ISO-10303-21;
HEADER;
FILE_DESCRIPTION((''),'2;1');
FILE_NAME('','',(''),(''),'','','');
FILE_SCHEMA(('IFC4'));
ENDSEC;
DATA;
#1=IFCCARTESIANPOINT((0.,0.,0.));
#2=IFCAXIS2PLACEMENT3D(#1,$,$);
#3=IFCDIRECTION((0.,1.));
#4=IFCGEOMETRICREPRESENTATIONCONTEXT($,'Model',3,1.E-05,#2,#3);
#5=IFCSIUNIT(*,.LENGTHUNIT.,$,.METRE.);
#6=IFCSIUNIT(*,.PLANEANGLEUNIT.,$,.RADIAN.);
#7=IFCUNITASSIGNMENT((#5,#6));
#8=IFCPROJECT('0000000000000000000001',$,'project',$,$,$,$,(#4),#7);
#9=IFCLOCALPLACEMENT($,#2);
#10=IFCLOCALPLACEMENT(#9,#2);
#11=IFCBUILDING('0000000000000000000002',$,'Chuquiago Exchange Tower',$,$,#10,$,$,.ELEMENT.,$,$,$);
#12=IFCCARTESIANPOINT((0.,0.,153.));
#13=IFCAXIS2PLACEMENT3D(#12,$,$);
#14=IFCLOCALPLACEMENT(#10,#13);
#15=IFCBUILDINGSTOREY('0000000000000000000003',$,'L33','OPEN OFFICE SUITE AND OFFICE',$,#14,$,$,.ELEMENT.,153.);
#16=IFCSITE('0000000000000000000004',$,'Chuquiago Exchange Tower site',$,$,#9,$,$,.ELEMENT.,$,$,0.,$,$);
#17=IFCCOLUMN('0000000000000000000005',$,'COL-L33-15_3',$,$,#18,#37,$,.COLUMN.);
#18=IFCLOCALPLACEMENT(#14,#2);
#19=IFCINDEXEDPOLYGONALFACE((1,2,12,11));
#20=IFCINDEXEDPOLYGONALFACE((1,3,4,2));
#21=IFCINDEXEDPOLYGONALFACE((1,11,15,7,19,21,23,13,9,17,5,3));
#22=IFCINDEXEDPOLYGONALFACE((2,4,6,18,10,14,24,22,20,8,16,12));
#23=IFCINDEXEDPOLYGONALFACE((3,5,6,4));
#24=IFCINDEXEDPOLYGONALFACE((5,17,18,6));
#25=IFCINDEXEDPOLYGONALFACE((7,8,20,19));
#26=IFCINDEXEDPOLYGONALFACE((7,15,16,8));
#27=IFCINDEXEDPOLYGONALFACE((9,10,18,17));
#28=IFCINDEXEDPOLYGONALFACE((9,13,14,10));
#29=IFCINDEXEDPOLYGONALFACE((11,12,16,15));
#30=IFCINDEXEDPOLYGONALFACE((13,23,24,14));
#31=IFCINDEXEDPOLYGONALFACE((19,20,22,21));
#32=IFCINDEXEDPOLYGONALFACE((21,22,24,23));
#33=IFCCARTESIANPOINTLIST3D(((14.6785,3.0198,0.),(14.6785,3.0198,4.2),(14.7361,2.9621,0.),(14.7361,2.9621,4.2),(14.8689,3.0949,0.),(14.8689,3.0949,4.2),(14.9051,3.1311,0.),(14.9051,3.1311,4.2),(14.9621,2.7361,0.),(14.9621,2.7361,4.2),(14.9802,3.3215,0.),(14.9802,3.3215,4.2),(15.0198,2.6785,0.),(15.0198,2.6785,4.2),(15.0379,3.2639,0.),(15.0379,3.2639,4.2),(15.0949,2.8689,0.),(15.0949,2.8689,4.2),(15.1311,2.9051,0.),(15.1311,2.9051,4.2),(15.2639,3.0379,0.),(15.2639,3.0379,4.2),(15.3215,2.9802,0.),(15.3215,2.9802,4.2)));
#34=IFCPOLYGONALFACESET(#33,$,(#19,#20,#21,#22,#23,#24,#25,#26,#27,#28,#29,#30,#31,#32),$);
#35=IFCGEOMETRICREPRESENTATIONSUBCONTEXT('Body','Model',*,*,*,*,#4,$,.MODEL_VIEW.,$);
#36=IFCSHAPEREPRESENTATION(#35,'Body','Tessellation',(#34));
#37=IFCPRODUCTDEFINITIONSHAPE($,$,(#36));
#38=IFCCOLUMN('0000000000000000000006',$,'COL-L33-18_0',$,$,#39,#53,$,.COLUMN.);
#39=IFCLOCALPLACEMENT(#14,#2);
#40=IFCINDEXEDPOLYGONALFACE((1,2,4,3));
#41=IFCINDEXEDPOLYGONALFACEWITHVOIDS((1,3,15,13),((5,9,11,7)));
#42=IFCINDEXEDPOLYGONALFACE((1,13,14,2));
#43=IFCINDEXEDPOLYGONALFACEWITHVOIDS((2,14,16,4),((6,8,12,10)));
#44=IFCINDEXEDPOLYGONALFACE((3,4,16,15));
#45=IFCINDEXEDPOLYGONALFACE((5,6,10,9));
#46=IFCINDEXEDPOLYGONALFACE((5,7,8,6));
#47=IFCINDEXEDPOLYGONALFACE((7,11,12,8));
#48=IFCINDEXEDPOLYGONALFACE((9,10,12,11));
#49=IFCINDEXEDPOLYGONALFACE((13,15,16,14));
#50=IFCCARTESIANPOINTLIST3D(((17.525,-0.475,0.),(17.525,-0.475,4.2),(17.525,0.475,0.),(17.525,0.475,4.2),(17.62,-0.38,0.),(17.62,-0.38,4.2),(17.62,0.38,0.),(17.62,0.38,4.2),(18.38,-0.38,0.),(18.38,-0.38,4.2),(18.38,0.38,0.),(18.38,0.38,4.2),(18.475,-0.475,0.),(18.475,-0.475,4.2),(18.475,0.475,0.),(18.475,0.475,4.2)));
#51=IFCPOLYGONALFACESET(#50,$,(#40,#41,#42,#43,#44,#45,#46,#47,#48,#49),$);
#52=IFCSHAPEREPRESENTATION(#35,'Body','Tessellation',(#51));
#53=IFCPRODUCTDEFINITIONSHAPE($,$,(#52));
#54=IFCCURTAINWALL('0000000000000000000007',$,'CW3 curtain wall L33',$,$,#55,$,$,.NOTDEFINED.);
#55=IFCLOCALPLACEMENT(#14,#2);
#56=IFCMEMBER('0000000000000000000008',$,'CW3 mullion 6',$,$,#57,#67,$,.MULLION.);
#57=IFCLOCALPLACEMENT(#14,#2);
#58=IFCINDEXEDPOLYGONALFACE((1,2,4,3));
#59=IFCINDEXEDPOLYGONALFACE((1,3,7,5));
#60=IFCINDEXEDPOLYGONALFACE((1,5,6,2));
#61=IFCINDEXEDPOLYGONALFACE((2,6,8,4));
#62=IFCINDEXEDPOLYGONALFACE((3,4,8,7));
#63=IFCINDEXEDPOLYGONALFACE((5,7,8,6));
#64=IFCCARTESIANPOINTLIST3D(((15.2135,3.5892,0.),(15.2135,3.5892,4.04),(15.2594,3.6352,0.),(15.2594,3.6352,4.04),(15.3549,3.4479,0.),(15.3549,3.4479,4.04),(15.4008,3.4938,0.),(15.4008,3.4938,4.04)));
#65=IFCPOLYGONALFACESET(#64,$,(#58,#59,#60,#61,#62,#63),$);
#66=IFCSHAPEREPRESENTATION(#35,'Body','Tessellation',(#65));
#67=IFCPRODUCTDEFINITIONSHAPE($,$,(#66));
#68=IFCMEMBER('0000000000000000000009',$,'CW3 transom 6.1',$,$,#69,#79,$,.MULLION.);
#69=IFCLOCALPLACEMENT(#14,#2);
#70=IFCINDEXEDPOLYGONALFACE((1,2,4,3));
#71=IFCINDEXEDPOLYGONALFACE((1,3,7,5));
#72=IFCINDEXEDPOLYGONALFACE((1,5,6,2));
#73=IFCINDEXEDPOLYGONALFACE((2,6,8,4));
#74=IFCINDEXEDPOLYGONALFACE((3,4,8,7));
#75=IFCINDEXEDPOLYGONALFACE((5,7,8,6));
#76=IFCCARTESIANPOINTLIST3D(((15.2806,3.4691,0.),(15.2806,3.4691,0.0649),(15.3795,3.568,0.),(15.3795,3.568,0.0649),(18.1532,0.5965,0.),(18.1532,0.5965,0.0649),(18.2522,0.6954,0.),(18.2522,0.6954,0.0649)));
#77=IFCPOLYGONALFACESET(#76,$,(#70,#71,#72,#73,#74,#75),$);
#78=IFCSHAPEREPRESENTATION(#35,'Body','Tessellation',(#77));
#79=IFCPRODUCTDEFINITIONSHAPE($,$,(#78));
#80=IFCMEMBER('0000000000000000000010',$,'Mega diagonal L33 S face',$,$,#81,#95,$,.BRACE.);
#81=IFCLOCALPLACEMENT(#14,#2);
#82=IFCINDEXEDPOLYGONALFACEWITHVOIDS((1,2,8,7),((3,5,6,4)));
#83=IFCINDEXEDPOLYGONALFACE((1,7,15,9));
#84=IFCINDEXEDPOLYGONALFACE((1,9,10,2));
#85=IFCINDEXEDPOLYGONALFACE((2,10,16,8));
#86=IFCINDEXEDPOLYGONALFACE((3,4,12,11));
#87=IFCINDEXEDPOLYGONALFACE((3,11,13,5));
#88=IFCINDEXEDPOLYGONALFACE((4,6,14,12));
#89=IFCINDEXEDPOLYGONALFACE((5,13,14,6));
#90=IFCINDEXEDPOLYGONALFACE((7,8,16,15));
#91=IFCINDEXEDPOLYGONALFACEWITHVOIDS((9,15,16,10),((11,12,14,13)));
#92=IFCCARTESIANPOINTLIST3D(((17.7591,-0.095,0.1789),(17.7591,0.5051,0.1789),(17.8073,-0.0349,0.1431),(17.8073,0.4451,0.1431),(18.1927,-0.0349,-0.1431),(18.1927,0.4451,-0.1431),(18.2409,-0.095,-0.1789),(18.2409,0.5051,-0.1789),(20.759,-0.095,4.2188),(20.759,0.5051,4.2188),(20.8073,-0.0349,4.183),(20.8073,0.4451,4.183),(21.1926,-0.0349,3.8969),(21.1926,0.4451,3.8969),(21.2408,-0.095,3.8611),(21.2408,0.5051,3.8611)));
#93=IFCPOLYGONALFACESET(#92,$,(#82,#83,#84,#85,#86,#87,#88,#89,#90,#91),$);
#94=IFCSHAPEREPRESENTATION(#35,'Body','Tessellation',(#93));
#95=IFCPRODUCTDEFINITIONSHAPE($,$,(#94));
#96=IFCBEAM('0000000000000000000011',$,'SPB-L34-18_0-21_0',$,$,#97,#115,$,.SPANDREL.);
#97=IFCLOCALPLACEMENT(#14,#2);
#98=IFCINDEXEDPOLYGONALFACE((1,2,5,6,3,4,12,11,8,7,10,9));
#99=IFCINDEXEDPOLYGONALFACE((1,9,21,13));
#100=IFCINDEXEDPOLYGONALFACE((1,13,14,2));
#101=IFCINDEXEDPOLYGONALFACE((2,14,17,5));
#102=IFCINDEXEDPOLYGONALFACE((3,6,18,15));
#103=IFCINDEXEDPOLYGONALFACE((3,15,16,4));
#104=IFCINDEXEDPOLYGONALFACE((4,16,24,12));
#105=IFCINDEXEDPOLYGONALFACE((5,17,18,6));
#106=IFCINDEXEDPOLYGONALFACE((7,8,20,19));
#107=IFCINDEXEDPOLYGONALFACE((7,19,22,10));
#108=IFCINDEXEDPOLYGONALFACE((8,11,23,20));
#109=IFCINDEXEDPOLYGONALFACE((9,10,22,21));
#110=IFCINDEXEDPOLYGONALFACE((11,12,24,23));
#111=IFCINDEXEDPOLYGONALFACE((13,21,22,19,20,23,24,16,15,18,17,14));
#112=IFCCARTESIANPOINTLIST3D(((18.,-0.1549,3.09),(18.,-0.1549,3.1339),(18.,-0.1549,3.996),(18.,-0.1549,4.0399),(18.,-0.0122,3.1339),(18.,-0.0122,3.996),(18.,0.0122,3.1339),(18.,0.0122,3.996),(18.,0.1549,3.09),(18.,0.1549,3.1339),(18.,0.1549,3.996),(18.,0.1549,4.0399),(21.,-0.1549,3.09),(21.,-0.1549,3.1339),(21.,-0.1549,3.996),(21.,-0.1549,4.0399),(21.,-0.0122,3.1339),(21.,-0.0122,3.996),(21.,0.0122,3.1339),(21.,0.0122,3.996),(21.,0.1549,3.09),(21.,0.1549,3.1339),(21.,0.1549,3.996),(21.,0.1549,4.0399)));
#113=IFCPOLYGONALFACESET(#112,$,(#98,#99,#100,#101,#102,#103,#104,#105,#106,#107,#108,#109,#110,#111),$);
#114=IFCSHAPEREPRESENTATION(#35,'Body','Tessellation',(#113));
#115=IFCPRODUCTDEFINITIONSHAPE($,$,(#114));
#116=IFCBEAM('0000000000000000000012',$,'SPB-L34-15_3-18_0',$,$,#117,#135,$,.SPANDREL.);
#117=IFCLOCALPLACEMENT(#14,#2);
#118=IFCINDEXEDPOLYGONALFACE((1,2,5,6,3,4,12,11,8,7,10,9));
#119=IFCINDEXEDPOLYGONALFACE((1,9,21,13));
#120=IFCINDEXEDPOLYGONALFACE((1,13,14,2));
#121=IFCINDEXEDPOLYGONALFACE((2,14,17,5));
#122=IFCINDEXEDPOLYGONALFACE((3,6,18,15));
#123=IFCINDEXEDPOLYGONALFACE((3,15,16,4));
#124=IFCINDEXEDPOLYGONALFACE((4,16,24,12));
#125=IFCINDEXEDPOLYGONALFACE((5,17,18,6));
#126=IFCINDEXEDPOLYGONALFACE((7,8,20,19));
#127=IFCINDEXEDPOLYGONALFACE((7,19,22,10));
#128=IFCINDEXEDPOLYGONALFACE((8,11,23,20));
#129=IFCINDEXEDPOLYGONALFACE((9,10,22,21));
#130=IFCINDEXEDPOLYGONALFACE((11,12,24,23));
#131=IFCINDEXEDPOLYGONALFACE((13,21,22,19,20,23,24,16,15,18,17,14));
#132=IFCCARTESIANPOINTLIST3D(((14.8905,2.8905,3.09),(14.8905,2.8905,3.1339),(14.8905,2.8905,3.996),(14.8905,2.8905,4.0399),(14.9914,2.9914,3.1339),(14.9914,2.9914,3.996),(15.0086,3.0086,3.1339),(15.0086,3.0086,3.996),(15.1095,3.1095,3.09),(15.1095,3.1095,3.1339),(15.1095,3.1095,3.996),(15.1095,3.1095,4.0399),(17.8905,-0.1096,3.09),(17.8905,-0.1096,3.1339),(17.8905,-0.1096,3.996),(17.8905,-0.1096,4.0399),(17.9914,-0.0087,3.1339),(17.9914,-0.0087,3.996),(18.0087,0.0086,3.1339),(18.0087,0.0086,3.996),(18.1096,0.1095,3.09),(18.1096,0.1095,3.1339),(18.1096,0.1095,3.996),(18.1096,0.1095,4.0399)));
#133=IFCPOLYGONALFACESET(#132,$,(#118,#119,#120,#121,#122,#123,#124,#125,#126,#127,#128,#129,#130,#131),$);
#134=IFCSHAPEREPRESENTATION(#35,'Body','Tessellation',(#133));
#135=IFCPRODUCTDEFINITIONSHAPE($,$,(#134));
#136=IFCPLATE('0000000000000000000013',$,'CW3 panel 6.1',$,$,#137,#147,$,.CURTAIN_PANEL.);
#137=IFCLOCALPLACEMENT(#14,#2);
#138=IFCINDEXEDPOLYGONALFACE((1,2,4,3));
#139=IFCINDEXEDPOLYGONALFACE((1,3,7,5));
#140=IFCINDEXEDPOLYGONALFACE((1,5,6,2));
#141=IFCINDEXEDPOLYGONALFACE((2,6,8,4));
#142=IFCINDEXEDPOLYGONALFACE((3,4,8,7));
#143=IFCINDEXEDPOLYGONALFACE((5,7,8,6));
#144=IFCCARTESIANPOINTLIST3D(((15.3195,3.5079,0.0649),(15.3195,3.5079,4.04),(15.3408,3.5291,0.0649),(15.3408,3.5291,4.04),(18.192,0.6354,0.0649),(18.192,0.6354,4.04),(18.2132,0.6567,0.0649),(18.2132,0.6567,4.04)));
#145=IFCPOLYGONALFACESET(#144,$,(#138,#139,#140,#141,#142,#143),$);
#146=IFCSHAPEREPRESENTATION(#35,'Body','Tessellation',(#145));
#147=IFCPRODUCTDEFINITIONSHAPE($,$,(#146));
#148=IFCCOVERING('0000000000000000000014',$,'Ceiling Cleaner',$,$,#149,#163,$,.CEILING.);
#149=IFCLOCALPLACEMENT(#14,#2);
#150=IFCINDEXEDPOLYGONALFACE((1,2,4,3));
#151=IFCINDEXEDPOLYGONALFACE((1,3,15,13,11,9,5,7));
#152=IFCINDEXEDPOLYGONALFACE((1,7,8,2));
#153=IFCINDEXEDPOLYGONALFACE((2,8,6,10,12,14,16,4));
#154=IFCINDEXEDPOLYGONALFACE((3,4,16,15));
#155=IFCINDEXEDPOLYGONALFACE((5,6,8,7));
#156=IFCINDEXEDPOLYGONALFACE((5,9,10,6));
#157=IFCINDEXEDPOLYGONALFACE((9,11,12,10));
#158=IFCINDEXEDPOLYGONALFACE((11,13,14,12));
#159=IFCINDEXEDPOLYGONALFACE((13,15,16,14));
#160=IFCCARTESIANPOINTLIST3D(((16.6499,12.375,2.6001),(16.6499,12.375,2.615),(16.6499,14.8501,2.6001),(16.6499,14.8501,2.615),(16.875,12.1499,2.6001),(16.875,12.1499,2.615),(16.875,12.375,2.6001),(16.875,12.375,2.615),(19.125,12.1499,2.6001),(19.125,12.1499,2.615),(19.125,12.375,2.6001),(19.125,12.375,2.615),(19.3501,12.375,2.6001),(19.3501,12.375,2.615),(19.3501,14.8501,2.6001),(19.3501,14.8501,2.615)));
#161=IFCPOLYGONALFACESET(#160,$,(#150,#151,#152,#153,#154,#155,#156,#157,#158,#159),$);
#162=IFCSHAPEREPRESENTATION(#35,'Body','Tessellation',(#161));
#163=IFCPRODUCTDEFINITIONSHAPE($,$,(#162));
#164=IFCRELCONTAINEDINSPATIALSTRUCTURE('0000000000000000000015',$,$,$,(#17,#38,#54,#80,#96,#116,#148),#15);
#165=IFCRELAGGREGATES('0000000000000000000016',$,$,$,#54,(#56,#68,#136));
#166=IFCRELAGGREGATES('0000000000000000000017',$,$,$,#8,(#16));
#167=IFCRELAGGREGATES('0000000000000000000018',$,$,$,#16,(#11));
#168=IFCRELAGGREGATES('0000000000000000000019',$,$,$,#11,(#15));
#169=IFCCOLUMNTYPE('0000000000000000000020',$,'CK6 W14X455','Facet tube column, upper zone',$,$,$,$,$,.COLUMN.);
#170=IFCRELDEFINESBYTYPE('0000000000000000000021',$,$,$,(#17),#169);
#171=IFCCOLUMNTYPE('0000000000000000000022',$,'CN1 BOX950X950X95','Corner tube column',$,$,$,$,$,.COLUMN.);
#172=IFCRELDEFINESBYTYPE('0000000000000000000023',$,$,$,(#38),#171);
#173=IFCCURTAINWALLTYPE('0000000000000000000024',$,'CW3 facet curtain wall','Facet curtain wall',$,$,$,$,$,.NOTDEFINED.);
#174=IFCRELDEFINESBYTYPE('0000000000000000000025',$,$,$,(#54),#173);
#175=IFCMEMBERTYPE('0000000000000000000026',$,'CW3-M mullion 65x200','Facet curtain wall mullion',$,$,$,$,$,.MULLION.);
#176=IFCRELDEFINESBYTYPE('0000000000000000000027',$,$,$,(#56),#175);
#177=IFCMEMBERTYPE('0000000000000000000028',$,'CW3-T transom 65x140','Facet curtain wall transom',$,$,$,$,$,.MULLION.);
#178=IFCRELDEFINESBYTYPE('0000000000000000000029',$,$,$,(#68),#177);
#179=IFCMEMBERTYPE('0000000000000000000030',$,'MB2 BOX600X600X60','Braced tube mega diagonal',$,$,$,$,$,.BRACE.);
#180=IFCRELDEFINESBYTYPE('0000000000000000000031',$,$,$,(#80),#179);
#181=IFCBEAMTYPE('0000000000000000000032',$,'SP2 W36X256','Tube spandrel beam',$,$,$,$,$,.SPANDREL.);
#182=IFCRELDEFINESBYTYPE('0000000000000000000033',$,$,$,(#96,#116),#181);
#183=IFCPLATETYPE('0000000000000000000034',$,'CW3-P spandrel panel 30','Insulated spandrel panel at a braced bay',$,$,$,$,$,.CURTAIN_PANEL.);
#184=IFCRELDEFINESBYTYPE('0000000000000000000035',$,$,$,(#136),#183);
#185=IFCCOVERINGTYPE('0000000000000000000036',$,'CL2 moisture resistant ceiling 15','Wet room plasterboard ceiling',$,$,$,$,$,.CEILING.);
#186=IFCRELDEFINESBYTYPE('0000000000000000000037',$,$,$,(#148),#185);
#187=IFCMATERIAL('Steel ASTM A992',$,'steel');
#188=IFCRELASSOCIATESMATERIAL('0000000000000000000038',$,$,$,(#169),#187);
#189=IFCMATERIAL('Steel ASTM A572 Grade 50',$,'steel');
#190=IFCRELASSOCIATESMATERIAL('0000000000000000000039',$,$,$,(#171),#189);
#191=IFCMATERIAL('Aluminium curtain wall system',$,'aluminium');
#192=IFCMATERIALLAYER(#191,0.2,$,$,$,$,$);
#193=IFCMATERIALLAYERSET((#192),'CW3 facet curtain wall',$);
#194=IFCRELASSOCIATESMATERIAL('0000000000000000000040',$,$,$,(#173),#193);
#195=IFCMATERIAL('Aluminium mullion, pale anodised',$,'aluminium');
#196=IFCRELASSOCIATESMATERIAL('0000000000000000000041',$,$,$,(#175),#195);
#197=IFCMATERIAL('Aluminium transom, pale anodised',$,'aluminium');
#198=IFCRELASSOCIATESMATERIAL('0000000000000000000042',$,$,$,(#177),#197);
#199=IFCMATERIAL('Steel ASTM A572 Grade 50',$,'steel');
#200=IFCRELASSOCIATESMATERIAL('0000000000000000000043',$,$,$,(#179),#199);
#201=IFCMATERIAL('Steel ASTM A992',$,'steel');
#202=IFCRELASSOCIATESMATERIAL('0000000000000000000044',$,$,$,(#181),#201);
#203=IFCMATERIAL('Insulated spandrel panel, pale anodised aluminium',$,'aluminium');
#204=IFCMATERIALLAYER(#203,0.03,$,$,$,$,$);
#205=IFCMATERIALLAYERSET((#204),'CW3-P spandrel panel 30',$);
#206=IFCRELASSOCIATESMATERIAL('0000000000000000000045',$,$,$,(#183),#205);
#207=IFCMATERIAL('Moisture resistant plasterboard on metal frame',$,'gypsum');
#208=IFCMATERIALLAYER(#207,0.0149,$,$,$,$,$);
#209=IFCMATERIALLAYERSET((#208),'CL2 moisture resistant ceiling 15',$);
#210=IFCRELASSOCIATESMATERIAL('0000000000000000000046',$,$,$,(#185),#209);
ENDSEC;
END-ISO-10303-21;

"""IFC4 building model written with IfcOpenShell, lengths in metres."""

from ifc_helpers import new_model, si_unit, direction, frame, origin, origin_2d, place, context, subcontext, project, spatial, polyline, rectangle, hollow_rectangle, i_section, outline, extrude, material, layer, layer_set, material_profile, profile_set, type_object, element, aggregate, save


model = new_model("IFC4")

# Units and contexts
model_context = context("Model", 3, precision=1e-05, world=origin(), true_north=direction((0.0, 1.0)))
body_context = subcontext(model_context, "Body", "Model", "MODEL_VIEW")
ifc_project = project(units=[si_unit("LENGTHUNIT", "METRE"), si_unit("PLANEANGLEUNIT", "RADIAN")], contexts=[model_context])

# Site, building, storey
site_placement = place(None, origin())
site = spatial("IfcSite", under=ifc_project, at=site_placement, Name="Chuquiago Exchange Tower site", CompositionType="ELEMENT", RefElevation=0.0)
building_placement = place(site_placement, origin())
building = spatial("IfcBuilding", under=site, at=building_placement, Name="Chuquiago Exchange Tower", CompositionType="ELEMENT")
storey_placement = place(building_placement, frame((0.0, 0.0, 153.0)))
storey = spatial("IfcBuildingStorey", under=building, at=storey_placement, Name="L33", Description="OPEN OFFICE SUITE AND OFFICE", CompositionType="ELEMENT", Elevation=153.0)

# Columns
ifc_material_1 = material(Name="Steel ASTM A992", Category="steel")
ifc_material_profile_1 = material_profile(ifc_material_1, i_section(OverallWidth=0.4268, OverallDepth=0.4827, WebThickness=0.0513, FlangeThickness=0.0815, at=origin_2d()), Name="W14X455")
ifc_profile_set_1 = profile_set([ifc_material_profile_1], Name="Steel ASTM A992")
column_type_1 = type_object("IfcColumnType", Name="CK6 W14X455", Description="Facet tube column, upper zone", PredefinedType="COLUMN", material=ifc_profile_set_1)
column_1_placement = place(storey_placement, frame((15.0, 3.0, 0.0), z_axis=(0.0, 0.0, 1.0), x_axis=(-0.707107, -0.707107, 0.0)))
element("IfcColumn", 1, at=column_1_placement, inside=storey, type_object=column_type_1, Name="COL-L33-15_3", PredefinedType="COLUMN", context=body_context, shape_type="SweptSolid", body=[
    extrude(i_section(OverallWidth=0.4268, OverallDepth=0.4827, WebThickness=0.0513, FlangeThickness=0.0815, at=origin_2d()), origin(), (0.0, 0.0, 1.0), 4.2),
])
ifc_material_2 = material(Name="Steel ASTM A572 Grade 50", Category="steel")
ifc_material_profile_2 = material_profile(ifc_material_2, hollow_rectangle(XDim=0.95, YDim=0.95, WallThickness=0.095, at=origin_2d()), Name="BOX950X950X95")
ifc_profile_set_2 = profile_set([ifc_material_profile_2], Name="Steel ASTM A572 Grade 50")
column_type_2 = type_object("IfcColumnType", Name="CN1 BOX950X950X95", Description="Corner tube column", PredefinedType="COLUMN", material=ifc_profile_set_2)
column_2_placement = place(storey_placement, frame((18.0, 0.0, 0.0), z_axis=(0.0, 0.0, 1.0), x_axis=(0.0, -1.0, 0.0)))
element("IfcColumn", 2, at=column_2_placement, inside=storey, type_object=column_type_2, Name="COL-L33-18_0", PredefinedType="COLUMN", context=body_context, shape_type="SweptSolid", body=[
    extrude(hollow_rectangle(XDim=0.95, YDim=0.95, WallThickness=0.095, at=origin_2d()), origin(), (0.0, 0.0, 1.0), 4.2),
])

# Curtain wall, members
ifc_material_3 = material(Name="Aluminium curtain wall system", Category="aluminium")
ifc_layer_1 = layer(ifc_material_3, 0.2)
ifc_layer_set_1 = layer_set([ifc_layer_1], Name="CW3 facet curtain wall")
curtain_wall_type = type_object("IfcCurtainWallType", Name="CW3 facet curtain wall", Description="Facet curtain wall", PredefinedType="NOTDEFINED", material=ifc_layer_set_1)
curtain_wall_placement = place(storey_placement, origin())
curtain_wall = element("IfcCurtainWall", 3, at=curtain_wall_placement, inside=storey, type_object=curtain_wall_type, Name="CW3 curtain wall L33", PredefinedType="NOTDEFINED")
ifc_material_4 = material(Name="Aluminium mullion, pale anodised", Category="aluminium")
ifc_material_profile_3 = material_profile(ifc_material_4, rectangle(XDim=0.0649, YDim=0.2, at=origin_2d()), Name="AL 65x200")
ifc_profile_set_3 = profile_set([ifc_material_profile_3], Name="Aluminium mullion, pale anodised")
member_type_1 = type_object("IfcMemberType", Name="CW3-M mullion 65x200", Description="Facet curtain wall mullion", PredefinedType="MULLION", material=ifc_profile_set_3)
member_1_placement = place(storey_placement, frame((15.3071, 3.5415, 0.0), z_axis=(0.0, 0.0, 1.0), x_axis=(0.707107, 0.707107, 0.0)))
member_1 = element("IfcMember", 4, at=member_1_placement, type_object=member_type_1, Name="CW3 mullion 6", PredefinedType="MULLION", context=body_context, shape_type="SweptSolid", body=[
    extrude(rectangle(XDim=0.0649, YDim=0.2, at=origin_2d()), origin(), (0.0, 0.0, 1.0), 4.04),
])
ifc_material_5 = material(Name="Aluminium transom, pale anodised", Category="aluminium")
ifc_material_profile_4 = material_profile(ifc_material_5, rectangle(XDim=0.1399, YDim=0.0649, at=origin_2d()), Name="AL 140x65")
ifc_profile_set_4 = profile_set([ifc_material_profile_4], Name="Aluminium transom, pale anodised")
member_type_2 = type_object("IfcMemberType", Name="CW3-T transom 65x140", Description="Facet curtain wall transom", PredefinedType="MULLION", material=ifc_profile_set_4)
member_2_placement = place(storey_placement, frame((15.3301, 3.5186, 0.0325), z_axis=(0.707107, -0.707107, 0.0), x_axis=(0.707107, 0.707107, 0.0)))
member_2 = element("IfcMember", 5, at=member_2_placement, type_object=member_type_2, Name="CW3 transom 6.1", PredefinedType="MULLION", context=body_context, shape_type="SweptSolid", body=[
    extrude(rectangle(XDim=0.1399, YDim=0.0649, at=origin_2d()), origin(), (0.0, 0.0, 1.0), 4.0625),
])

# Member
ifc_material_6 = material(Name="Steel ASTM A572 Grade 50", Category="steel")
ifc_material_profile_5 = material_profile(ifc_material_6, hollow_rectangle(XDim=0.6001, YDim=0.6001, WallThickness=0.0601, at=origin_2d()), Name="BOX600X600X60")
ifc_profile_set_5 = profile_set([ifc_material_profile_5], Name="Steel ASTM A572 Grade 50")
member_type_3 = type_object("IfcMemberType", Name="MB2 BOX600X600X60", Description="Braced tube mega diagonal", PredefinedType="BRACE", material=ifc_profile_set_5)
member_3_placement = place(storey_placement, frame((18.0, 0.2051, 0.0), z_axis=(0.596174, 0.0, 0.802855), x_axis=(0.0, 1.0, 0.0)))
element("IfcMember", 6, at=member_3_placement, inside=storey, type_object=member_type_3, Name="Mega diagonal L33 S face", PredefinedType="BRACE", context=body_context, shape_type="SweptSolid", body=[
    extrude(hollow_rectangle(XDim=0.6001, YDim=0.6001, WallThickness=0.0601, at=origin_2d()), origin(), (0.0, 0.0, 1.0), 5.032),
])

# Beams
ifc_material_7 = material(Name="Steel ASTM A992", Category="steel")
ifc_material_profile_6 = material_profile(ifc_material_7, i_section(OverallWidth=0.3098, OverallDepth=0.95, WebThickness=0.0244, FlangeThickness=0.0439, at=origin_2d()), Name="W36X256")
ifc_profile_set_6 = profile_set([ifc_material_profile_6], Name="Steel ASTM A992")
beam_type = type_object("IfcBeamType", Name="SP2 W36X256", Description="Tube spandrel beam", PredefinedType="SPANDREL", material=ifc_profile_set_6)
beam_1_placement = place(storey_placement, frame((18.0, 0.0, 3.5649), z_axis=(1.0, 0.0, 0.0), x_axis=(0.0, 1.0, 0.0)))
element("IfcBeam", 7, at=beam_1_placement, inside=storey, type_object=beam_type, Name="SPB-L34-18_0-21_0", PredefinedType="SPANDREL", context=body_context, shape_type="SweptSolid", body=[
    extrude(i_section(OverallWidth=0.3098, OverallDepth=0.95, WebThickness=0.0244, FlangeThickness=0.0439, at=origin_2d()), origin(), (0.0, 0.0, 1.0), 3.0),
])
beam_2_placement = place(storey_placement, frame((15.0, 3.0, 3.5649), z_axis=(0.707107, -0.707107, 0.0), x_axis=(0.707107, 0.707107, 0.0)))
element("IfcBeam", 8, at=beam_2_placement, inside=storey, type_object=beam_type, Name="SPB-L34-15_3-18_0", PredefinedType="SPANDREL", context=body_context, shape_type="SweptSolid", body=[
    extrude(i_section(OverallWidth=0.3098, OverallDepth=0.95, WebThickness=0.0244, FlangeThickness=0.0439, at=origin_2d()), origin(), (0.0, 0.0, 1.0), 4.2427),
])

# Plate
ifc_material_8 = material(Name="Insulated spandrel panel, pale anodised aluminium", Category="aluminium")
ifc_layer_2 = layer(ifc_material_8, 0.03)
ifc_layer_set_2 = layer_set([ifc_layer_2], Name="CW3-P spandrel panel 30")
plate_type = type_object("IfcPlateType", Name="CW3-P spandrel panel 30", Description="Insulated spandrel panel at a braced bay", PredefinedType="CURTAIN_PANEL", material=ifc_layer_set_2)
plate_placement = place(storey_placement, frame((16.7664, 2.0823, 0.0649), z_axis=(0.0, 0.0, 1.0), x_axis=(0.707107, -0.707107, 0.0)))
plate = element("IfcPlate", 9, at=plate_placement, type_object=plate_type, Name="CW3 panel 6.1", PredefinedType="CURTAIN_PANEL", context=body_context, shape_type="SweptSolid", body=[
    extrude(rectangle(XDim=4.0623, YDim=0.03, at=origin_2d()), origin(), (0.0, 0.0, 1.0), 3.9751),
])
aggregate(curtain_wall, [member_1, member_2, plate])

# Covering
ifc_material_9 = material(Name="Moisture resistant plasterboard on metal frame", Category="gypsum")
ifc_layer_3 = layer(ifc_material_9, 0.0149)
ifc_layer_set_3 = layer_set([ifc_layer_3], Name="CL2 moisture resistant ceiling 15")
covering_type_1 = type_object("IfcCoveringType", Name="CL2 moisture resistant ceiling 15", Description="Wet room plasterboard ceiling", PredefinedType="CEILING", material=ifc_layer_set_3)
covering_1_placement = place(storey_placement, frame((0.0, 0.0, 2.6001)))
element("IfcCovering", 10, at=covering_1_placement, inside=storey, type_object=covering_type_1, Name="Ceiling Cleaner", PredefinedType="CEILING", context=body_context, shape_type="SweptSolid", body=[
    extrude(outline(polyline([(16.875, 12.1499), (16.875, 12.375), (16.6499, 12.375), (16.6499, 14.8501), (19.3501, 14.8501), (19.3501, 12.375), (19.125, 12.375), (19.125, 12.1499), (16.875, 12.1499)])), origin(), (0.0, 0.0, 1.0), 0.0149),
])

save(model, "model.ifc")
